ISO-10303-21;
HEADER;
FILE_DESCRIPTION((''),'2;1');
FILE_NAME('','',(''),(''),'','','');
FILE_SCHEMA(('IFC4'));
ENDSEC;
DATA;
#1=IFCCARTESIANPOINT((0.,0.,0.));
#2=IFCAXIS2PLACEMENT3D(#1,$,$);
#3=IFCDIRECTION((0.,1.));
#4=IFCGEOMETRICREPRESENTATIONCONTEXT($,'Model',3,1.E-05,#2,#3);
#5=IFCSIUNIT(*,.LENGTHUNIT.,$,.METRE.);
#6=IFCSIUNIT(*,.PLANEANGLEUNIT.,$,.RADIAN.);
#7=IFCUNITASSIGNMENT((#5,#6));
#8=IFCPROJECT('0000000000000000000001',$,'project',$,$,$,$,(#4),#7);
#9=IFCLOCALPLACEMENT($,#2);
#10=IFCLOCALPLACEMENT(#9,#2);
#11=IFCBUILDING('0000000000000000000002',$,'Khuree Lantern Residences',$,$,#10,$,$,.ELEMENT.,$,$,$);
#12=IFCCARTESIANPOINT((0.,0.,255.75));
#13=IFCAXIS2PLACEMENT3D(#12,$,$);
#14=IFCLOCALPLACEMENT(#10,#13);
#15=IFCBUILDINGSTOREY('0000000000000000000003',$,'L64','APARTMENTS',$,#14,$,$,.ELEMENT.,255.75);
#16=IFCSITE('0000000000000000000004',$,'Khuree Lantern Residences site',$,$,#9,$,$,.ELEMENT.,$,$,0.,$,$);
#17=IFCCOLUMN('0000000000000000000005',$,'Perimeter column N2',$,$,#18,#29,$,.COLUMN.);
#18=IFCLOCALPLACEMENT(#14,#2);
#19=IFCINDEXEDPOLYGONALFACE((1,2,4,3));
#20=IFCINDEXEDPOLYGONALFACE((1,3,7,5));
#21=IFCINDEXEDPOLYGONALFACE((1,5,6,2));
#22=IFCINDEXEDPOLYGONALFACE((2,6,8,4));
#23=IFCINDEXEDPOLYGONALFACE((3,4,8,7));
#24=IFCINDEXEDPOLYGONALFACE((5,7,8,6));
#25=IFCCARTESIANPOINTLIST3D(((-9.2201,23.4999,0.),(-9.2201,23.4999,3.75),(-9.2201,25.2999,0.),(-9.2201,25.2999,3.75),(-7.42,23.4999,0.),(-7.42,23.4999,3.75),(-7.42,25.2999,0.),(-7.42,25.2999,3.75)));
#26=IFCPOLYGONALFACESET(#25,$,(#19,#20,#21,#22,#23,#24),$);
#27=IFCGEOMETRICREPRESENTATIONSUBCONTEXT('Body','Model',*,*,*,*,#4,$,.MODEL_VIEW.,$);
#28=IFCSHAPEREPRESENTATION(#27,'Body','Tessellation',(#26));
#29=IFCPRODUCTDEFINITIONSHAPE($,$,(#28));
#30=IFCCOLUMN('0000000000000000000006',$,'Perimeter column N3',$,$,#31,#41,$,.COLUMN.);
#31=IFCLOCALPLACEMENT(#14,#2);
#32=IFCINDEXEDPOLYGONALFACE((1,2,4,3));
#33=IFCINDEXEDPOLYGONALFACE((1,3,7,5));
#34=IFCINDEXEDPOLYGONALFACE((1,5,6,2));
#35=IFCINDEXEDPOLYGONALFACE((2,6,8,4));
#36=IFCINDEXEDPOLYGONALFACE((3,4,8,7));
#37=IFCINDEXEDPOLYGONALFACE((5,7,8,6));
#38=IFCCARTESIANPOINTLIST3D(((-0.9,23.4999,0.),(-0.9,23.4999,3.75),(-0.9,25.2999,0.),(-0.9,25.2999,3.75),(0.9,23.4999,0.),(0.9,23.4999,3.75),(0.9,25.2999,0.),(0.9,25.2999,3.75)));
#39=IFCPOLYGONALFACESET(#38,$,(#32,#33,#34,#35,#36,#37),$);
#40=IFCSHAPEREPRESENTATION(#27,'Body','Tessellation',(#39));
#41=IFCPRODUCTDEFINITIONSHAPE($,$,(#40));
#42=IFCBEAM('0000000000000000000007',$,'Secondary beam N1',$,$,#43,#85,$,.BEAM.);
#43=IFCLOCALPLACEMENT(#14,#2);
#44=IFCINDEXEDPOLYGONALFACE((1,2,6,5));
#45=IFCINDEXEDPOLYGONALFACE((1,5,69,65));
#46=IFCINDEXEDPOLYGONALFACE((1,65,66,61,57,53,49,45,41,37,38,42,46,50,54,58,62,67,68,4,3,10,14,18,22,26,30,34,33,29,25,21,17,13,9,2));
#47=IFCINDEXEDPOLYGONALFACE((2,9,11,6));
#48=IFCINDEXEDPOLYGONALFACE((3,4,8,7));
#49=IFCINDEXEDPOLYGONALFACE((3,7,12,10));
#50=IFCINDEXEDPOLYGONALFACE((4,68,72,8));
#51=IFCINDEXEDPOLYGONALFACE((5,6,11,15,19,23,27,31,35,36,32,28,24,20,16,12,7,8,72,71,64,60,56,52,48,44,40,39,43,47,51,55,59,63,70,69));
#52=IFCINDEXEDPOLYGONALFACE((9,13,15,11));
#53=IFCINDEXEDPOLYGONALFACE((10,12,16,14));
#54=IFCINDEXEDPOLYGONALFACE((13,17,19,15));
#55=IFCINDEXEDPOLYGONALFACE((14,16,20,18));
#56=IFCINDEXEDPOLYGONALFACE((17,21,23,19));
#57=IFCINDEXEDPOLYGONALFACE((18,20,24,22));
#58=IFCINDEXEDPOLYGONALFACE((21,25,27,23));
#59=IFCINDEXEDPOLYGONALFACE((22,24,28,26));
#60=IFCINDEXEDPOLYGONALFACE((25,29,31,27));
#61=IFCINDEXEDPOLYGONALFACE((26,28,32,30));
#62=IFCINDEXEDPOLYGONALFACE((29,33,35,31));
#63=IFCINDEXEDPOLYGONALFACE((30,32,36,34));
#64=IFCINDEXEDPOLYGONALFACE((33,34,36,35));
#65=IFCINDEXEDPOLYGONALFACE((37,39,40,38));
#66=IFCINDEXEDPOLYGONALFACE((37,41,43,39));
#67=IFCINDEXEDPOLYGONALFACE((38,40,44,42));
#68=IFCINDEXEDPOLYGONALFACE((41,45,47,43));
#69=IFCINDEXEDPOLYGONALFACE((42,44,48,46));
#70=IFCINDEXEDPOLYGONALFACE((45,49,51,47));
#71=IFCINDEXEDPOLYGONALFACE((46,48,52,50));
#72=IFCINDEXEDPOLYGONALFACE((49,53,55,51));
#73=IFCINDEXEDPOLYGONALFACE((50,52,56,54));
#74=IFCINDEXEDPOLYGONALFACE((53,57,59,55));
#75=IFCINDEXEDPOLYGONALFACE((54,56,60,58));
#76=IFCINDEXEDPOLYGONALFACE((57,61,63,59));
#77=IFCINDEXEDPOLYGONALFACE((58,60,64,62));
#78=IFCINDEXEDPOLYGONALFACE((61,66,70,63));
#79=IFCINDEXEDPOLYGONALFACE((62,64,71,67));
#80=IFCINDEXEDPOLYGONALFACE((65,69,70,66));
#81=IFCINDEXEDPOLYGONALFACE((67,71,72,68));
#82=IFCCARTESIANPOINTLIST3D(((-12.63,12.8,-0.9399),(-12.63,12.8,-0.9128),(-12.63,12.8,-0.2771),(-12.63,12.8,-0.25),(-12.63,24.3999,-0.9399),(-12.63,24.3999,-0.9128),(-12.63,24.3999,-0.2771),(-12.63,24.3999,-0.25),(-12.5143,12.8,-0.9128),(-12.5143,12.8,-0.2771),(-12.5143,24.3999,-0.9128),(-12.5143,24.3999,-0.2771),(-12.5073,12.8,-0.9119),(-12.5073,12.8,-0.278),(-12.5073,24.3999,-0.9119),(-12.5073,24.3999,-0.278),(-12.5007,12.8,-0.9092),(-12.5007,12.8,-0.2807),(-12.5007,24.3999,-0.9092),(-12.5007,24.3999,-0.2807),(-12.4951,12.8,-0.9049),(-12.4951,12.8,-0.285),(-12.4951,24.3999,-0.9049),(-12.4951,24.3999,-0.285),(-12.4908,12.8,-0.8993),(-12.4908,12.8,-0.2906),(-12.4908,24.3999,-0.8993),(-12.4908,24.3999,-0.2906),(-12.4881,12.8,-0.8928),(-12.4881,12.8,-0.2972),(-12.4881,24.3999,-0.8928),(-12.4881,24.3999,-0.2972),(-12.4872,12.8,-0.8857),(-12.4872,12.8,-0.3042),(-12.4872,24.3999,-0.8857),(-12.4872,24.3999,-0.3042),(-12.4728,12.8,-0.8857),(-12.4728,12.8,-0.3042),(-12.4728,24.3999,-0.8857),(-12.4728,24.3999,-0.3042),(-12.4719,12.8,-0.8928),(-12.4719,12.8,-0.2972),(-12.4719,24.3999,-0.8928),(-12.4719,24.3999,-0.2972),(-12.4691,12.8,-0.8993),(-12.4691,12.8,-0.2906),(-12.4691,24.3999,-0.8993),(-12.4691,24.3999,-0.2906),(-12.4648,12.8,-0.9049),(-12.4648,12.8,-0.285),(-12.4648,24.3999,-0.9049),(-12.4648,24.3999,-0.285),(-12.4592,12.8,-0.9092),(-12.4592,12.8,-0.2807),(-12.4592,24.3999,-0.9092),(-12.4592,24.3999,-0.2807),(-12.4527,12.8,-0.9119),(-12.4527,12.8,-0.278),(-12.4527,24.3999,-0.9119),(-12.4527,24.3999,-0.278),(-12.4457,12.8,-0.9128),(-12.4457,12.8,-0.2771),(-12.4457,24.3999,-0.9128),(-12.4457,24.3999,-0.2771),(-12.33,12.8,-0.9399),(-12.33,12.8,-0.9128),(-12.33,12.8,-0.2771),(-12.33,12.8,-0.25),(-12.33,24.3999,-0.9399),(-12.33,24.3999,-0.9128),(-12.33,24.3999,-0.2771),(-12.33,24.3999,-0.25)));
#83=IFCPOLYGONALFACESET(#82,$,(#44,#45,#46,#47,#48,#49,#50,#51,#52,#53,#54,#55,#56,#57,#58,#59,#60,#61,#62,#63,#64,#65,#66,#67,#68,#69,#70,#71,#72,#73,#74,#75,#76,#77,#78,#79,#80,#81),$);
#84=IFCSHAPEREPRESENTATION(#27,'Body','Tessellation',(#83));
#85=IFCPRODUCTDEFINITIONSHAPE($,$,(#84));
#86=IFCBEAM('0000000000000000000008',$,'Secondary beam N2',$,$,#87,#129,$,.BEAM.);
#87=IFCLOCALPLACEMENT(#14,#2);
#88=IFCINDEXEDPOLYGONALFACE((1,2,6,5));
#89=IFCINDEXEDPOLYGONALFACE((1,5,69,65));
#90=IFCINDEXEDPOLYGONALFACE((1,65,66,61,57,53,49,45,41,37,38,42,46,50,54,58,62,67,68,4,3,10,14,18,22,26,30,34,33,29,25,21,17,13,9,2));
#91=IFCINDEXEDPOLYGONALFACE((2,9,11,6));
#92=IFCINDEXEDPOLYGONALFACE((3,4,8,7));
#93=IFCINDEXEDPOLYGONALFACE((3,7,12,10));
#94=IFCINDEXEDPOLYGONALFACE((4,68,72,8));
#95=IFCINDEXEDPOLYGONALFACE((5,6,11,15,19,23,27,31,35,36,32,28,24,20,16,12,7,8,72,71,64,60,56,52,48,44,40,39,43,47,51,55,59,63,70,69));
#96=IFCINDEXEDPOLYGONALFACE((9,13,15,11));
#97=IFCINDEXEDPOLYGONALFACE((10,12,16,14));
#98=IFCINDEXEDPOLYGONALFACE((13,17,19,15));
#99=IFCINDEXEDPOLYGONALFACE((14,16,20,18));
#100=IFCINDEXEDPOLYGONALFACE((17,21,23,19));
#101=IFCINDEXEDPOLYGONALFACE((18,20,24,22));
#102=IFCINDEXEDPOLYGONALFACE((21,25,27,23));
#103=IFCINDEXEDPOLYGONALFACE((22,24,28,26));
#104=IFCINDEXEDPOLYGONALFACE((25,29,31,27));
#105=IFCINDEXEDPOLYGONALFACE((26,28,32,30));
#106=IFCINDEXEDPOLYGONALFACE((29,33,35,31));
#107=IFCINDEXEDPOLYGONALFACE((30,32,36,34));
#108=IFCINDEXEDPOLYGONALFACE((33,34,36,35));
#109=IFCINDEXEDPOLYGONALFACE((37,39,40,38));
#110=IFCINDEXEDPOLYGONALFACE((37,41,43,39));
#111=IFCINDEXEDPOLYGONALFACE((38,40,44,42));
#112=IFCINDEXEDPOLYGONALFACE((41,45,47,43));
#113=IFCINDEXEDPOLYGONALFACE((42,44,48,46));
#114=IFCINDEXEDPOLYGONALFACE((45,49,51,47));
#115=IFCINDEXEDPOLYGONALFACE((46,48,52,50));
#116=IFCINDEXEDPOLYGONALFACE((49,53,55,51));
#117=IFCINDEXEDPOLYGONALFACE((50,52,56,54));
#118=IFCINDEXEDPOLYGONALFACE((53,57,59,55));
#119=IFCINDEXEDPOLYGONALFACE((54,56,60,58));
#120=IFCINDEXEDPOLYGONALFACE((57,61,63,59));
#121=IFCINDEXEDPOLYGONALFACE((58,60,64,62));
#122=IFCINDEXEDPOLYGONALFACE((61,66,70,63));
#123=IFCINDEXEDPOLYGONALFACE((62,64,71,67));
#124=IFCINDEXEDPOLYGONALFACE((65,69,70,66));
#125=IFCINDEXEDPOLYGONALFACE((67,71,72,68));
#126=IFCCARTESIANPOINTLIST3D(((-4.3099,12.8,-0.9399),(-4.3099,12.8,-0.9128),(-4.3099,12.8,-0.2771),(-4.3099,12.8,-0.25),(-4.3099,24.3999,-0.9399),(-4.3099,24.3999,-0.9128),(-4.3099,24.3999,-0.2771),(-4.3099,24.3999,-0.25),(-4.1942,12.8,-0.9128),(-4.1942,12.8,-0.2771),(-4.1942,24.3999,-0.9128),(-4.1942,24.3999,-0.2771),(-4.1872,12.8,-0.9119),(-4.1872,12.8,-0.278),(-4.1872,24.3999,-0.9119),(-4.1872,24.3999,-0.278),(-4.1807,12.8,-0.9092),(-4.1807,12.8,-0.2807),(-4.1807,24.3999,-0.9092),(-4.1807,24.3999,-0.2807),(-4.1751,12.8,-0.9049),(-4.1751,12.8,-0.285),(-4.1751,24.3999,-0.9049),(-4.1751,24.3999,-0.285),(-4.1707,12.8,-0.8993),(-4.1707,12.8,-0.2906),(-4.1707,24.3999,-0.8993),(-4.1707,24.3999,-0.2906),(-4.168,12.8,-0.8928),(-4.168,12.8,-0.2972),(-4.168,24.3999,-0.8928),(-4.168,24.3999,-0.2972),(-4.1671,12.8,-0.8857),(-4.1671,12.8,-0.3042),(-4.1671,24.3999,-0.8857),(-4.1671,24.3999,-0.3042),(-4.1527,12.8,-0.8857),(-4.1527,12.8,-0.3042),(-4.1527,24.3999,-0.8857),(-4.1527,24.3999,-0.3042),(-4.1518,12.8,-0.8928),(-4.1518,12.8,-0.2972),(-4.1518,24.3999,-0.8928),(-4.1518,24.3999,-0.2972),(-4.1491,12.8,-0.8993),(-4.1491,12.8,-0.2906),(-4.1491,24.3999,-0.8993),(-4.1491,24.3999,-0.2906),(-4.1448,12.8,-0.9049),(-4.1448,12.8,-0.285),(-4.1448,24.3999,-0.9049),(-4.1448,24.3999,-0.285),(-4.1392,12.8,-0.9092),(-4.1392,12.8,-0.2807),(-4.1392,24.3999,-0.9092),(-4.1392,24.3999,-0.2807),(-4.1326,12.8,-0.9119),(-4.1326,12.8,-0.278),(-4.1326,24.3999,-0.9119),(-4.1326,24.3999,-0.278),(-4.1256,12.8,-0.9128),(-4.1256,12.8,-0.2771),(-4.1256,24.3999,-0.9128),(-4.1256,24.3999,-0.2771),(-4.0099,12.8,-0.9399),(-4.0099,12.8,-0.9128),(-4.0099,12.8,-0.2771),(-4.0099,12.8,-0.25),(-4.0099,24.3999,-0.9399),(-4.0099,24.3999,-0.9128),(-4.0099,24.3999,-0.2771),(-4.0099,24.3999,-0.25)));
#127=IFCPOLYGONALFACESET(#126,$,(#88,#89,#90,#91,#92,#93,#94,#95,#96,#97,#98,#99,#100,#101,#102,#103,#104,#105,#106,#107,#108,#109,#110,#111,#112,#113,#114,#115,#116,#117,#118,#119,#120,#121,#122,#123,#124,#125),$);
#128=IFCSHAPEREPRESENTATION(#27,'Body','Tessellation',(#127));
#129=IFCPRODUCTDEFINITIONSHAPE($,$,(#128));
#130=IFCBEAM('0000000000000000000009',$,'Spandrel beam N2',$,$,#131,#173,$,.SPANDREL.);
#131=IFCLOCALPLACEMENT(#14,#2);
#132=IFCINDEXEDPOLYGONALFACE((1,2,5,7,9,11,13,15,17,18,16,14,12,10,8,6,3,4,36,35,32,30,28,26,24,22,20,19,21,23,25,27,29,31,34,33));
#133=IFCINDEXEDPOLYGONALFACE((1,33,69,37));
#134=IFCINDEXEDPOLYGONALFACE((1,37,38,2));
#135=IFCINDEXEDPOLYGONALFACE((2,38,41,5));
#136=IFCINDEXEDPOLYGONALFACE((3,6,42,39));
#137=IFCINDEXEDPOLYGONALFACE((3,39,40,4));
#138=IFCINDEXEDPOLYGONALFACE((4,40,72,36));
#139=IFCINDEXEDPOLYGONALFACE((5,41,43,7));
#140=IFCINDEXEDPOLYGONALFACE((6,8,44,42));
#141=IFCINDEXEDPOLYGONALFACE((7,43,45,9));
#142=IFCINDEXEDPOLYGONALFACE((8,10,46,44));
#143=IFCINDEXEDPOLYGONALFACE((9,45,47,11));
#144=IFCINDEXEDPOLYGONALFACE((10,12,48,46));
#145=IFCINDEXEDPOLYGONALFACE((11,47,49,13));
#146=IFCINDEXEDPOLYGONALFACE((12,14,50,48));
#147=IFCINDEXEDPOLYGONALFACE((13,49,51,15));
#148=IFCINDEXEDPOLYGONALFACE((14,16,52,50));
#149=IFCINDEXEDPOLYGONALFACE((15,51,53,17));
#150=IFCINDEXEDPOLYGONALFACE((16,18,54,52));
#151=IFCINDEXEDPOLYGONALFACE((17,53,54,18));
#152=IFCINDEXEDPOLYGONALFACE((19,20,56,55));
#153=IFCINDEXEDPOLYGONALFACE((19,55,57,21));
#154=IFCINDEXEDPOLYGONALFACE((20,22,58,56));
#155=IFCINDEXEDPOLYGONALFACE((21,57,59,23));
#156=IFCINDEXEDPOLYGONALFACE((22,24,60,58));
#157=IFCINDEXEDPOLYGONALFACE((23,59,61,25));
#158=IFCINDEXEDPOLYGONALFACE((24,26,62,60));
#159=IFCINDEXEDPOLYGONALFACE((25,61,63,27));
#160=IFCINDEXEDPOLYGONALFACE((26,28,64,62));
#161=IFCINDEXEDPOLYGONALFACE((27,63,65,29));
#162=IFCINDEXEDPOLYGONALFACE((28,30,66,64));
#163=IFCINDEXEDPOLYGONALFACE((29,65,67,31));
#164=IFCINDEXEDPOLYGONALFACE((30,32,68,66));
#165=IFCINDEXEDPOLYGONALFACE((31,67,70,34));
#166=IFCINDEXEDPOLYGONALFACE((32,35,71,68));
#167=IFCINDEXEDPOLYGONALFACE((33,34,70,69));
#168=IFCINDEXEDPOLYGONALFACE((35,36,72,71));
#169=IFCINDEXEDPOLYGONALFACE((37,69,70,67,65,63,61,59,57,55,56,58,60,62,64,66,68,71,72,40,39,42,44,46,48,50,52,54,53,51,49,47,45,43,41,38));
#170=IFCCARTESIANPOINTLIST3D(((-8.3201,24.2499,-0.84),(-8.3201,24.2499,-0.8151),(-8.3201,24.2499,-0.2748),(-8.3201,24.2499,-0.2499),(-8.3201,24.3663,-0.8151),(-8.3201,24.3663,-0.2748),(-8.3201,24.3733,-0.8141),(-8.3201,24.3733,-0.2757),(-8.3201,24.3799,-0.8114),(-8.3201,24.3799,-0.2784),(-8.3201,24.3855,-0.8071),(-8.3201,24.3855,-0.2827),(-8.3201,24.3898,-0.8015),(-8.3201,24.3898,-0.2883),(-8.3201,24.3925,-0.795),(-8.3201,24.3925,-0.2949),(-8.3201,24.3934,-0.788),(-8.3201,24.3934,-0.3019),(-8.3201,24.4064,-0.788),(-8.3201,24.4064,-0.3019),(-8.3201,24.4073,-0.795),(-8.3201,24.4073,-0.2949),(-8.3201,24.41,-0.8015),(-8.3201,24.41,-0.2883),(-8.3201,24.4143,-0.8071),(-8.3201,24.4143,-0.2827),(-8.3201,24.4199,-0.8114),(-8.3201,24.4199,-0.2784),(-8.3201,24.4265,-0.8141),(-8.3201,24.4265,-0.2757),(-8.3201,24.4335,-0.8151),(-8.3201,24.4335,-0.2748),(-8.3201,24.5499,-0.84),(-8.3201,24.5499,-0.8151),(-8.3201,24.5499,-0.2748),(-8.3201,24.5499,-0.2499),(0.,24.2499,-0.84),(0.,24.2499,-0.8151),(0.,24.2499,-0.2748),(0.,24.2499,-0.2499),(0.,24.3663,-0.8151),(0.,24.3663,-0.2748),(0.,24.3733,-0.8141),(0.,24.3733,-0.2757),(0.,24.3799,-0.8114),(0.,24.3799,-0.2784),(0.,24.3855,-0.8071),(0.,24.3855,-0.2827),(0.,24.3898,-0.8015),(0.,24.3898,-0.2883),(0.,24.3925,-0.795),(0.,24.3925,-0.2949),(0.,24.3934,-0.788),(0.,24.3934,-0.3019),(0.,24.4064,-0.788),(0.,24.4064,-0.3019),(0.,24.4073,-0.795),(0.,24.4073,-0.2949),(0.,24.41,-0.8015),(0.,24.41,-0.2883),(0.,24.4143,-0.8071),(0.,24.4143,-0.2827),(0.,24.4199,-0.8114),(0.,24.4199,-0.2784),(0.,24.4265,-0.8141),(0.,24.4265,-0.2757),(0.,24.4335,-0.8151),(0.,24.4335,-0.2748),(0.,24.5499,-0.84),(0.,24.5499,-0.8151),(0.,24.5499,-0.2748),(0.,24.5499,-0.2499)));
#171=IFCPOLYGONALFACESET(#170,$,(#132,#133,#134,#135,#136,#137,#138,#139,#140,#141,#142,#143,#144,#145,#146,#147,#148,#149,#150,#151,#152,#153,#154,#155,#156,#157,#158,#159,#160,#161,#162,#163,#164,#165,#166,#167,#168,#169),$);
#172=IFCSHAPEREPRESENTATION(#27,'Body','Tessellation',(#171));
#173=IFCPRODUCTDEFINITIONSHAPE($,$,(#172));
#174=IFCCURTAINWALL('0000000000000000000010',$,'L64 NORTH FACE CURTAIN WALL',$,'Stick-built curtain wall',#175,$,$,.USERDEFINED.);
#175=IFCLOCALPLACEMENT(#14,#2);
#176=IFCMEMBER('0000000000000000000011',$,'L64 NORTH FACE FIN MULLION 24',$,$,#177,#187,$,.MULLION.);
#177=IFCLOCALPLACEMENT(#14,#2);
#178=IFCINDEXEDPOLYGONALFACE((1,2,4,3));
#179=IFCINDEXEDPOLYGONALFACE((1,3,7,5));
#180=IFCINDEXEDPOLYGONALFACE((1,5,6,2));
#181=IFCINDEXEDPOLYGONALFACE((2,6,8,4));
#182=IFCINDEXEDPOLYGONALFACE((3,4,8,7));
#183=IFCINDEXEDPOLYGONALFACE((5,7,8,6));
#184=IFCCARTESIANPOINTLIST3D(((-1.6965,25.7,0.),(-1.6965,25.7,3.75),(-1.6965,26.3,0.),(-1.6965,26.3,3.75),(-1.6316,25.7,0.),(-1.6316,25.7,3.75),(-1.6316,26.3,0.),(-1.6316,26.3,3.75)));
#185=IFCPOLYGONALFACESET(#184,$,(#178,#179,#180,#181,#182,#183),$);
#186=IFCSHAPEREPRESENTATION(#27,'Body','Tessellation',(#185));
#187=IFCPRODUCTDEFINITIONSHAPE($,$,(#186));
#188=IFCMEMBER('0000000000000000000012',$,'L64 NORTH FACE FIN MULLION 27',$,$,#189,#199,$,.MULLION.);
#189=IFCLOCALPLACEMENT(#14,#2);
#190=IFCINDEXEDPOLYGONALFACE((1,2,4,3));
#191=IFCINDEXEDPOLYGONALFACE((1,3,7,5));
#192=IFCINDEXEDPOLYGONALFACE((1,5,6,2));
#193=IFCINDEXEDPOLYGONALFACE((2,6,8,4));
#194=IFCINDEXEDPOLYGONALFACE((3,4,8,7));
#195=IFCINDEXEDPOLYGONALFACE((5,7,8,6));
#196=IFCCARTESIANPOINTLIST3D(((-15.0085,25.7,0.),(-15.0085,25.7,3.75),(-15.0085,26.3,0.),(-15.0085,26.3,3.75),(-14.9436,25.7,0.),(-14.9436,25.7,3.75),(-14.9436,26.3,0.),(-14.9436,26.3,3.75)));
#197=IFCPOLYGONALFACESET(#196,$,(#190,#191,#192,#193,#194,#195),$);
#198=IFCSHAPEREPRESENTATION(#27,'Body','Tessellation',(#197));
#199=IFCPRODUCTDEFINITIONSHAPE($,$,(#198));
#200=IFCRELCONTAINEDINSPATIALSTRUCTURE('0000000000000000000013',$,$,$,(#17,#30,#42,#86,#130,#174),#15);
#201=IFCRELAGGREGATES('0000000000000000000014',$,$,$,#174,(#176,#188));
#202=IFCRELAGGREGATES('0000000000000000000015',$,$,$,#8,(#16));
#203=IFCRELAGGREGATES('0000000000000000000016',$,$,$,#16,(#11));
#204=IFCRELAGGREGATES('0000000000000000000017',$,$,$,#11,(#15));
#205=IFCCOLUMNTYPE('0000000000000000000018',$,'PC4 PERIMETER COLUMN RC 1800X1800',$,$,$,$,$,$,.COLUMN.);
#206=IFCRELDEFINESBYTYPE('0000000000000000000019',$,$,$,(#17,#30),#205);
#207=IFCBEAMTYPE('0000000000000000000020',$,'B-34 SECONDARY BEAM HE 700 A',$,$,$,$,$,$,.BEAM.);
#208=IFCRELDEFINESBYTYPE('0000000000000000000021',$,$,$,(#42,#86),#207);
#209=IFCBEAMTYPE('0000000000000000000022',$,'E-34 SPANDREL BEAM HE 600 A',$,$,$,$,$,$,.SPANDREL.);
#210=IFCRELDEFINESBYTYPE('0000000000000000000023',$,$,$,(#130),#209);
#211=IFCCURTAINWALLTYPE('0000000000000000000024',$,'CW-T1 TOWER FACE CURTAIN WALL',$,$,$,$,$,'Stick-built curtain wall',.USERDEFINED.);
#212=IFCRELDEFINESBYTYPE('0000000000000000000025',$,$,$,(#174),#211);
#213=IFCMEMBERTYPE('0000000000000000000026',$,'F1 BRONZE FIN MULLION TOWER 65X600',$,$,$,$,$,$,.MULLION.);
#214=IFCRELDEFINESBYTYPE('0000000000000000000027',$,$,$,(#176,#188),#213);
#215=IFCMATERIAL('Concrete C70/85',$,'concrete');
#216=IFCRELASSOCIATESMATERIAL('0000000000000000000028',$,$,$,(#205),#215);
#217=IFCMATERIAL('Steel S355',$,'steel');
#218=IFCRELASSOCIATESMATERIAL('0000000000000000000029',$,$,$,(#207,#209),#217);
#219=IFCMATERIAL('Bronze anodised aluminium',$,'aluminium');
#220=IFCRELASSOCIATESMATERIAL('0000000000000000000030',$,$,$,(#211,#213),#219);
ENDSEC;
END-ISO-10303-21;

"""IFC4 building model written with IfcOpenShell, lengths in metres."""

from ifc_helpers import new_model, si_unit, direction, frame, origin, origin_2d, place, context, subcontext, project, spatial, rectangle, i_section, extrude, material, material_profile, profile_set, type_object, element, aggregate, save


model = new_model("IFC4")

# Units and contexts
model_context = context("Model", 3, precision=1e-05, world=origin(), true_north=direction((0.0, 1.0)))
body_context = subcontext(model_context, "Body", "Model", "MODEL_VIEW")
ifc_project = project(units=[si_unit("LENGTHUNIT", "METRE"), si_unit("PLANEANGLEUNIT", "RADIAN")], contexts=[model_context])

# Site, building, storey
site_placement = place(None, origin())
site = spatial("IfcSite", under=ifc_project, at=site_placement, Name="Khuree Lantern Residences site", CompositionType="ELEMENT", RefElevation=0.0)
building_placement = place(site_placement, origin())
building = spatial("IfcBuilding", under=site, at=building_placement, Name="Khuree Lantern Residences", CompositionType="ELEMENT")
storey_placement = place(building_placement, frame((0.0, 0.0, 255.75)))
storey = spatial("IfcBuildingStorey", under=building, at=storey_placement, Name="L64", Description="APARTMENTS", CompositionType="ELEMENT", Elevation=255.75)

# Columns
ifc_material_1 = material(Name="Concrete C70/85", Category="concrete")
ifc_material_profile_1 = material_profile(ifc_material_1, rectangle(XDim=1.8, YDim=1.8, at=origin_2d()), Name="RC 1800X1800")
ifc_profile_set_1 = profile_set([ifc_material_profile_1], Name="Concrete C70/85")
column_type = type_object("IfcColumnType", Name="PC4 PERIMETER COLUMN RC 1800X1800", PredefinedType="COLUMN", material=ifc_profile_set_1)
for number, where, z_axis, x_axis, name in (
    (1, (-8.3201, 24.3999, 0.0), (0.0, 0.0, 1.0), (1.0, 0.0, 0.0), "Perimeter column N2"),
    (2, (0.0, 24.3999, 0.0), (0.0, 0.0, 1.0), (1.0, 0.0, 0.0), "Perimeter column N3"),
):
    element("IfcColumn", number, at=place(storey_placement, frame(where, z_axis=z_axis, x_axis=x_axis)), inside=storey, type_object=column_type, Name=name, PredefinedType="COLUMN", context=body_context, shape_type="SweptSolid", body=[
        extrude(rectangle(XDim=1.8, YDim=1.8, at=origin_2d()), origin(), (0.0, 0.0, 1.0), 3.75),
    ])

# Beams
ifc_material_2 = material(Name="Steel S355", Category="steel")
ifc_material_profile_2 = material_profile(ifc_material_2, i_section(OverallWidth=0.3, OverallDepth=0.6899, WebThickness=0.0144, FlangeThickness=0.0271, FilletRadius=0.0271, at=origin_2d()), Name="HE 700 A")
ifc_profile_set_2 = profile_set([ifc_material_profile_2], Name="Steel S355")
beam_type_1 = type_object("IfcBeamType", Name="B-34 SECONDARY BEAM HE 700 A", PredefinedType="BEAM", material=ifc_profile_set_2)
for number, where, z_axis, x_axis, name in (
    (3, (-12.48, 24.3999, -0.595), (0.0, -1.0, 0.0), (1.0, 0.0, 0.0), "Secondary beam N1"),
    (4, (-4.1599, 24.3999, -0.595), (0.0, -1.0, 0.0), (1.0, 0.0, 0.0), "Secondary beam N2"),
):
    element("IfcBeam", number, at=place(storey_placement, frame(where, z_axis=z_axis, x_axis=x_axis)), inside=storey, type_object=beam_type_1, Name=name, PredefinedType="BEAM", context=body_context, shape_type="SweptSolid", body=[
        extrude(i_section(OverallWidth=0.3, OverallDepth=0.6899, WebThickness=0.0144, FlangeThickness=0.0271, FilletRadius=0.0271, at=origin_2d()), origin(), (0.0, 0.0, 1.0), 11.5999),
    ])
ifc_material_profile_3 = material_profile(ifc_material_2, i_section(OverallWidth=0.3, OverallDepth=0.5901, WebThickness=0.0129, FlangeThickness=0.0249, FilletRadius=0.0271, at=origin_2d()), Name="HE 600 A")
ifc_profile_set_3 = profile_set([ifc_material_profile_3], Name="Steel S355")
beam_type_2 = type_object("IfcBeamType", Name="E-34 SPANDREL BEAM HE 600 A", PredefinedType="SPANDREL", material=ifc_profile_set_3)
beam_placement = place(storey_placement, frame((-8.3201, 24.3999, -0.5449), z_axis=(1.0, 0.0, 0.0), x_axis=(0.0, 1.0, 0.0)))
element("IfcBeam", 5, at=beam_placement, inside=storey, type_object=beam_type_2, Name="Spandrel beam N2", PredefinedType="SPANDREL", context=body_context, shape_type="SweptSolid", body=[
    extrude(i_section(OverallWidth=0.3, OverallDepth=0.5901, WebThickness=0.0129, FlangeThickness=0.0249, FilletRadius=0.0271, at=origin_2d()), origin(), (0.0, 0.0, 1.0), 8.3201),
])

# Curtain wall, members
ifc_material_3 = material(Name="Bronze anodised aluminium", Category="aluminium")
curtain_wall_type = type_object("IfcCurtainWallType", Name="CW-T1 TOWER FACE CURTAIN WALL", ElementType="Stick-built curtain wall", PredefinedType="USERDEFINED", material=ifc_material_3)
curtain_wall_placement = place(storey_placement, origin())
curtain_wall = element("IfcCurtainWall", 6, at=curtain_wall_placement, inside=storey, type_object=curtain_wall_type, Name="L64 NORTH FACE CURTAIN WALL", ObjectType="Stick-built curtain wall", PredefinedType="USERDEFINED")
ifc_material_profile_4 = material_profile(ifc_material_3, rectangle(XDim=0.0649, YDim=0.6001, at=origin_2d()), Name="F1 65X600")
ifc_profile_set_4 = profile_set([ifc_material_profile_4], Name="Bronze anodised aluminium")
member_type_1 = type_object("IfcMemberType", Name="F1 BRONZE FIN MULLION TOWER 65X600", PredefinedType="MULLION", material=ifc_profile_set_4)
member_1_placement = place(storey_placement, frame((-1.6641, 26.0, 0.0), z_axis=(0.0, 0.0, 1.0), x_axis=(-1.0, 0.0, 0.0)))
member_1 = element("IfcMember", 7, at=member_1_placement, type_object=member_type_1, Name="L64 NORTH FACE FIN MULLION 24", PredefinedType="MULLION", context=body_context, shape_type="SweptSolid", body=[
    extrude(rectangle(XDim=0.0649, YDim=0.6001, at=origin_2d()), origin(), (0.0, 0.0, 1.0), 3.75),
])
member_2_placement = place(storey_placement, frame((-14.9761, 26.0, 0.0), z_axis=(0.0, 0.0, 1.0), x_axis=(-1.0, 0.0, 0.0)))
member_2 = element("IfcMember", 8, at=member_2_placement, type_object=member_type_1, Name="L64 NORTH FACE FIN MULLION 27", PredefinedType="MULLION", context=body_context, shape_type="SweptSolid", body=[
    extrude(rectangle(XDim=0.0649, YDim=0.6001, at=origin_2d()), origin(), (0.0, 0.0, 1.0), 3.75),
])

aggregate(curtain_wall, [member_1, member_2])

save(model, "model.ifc")
